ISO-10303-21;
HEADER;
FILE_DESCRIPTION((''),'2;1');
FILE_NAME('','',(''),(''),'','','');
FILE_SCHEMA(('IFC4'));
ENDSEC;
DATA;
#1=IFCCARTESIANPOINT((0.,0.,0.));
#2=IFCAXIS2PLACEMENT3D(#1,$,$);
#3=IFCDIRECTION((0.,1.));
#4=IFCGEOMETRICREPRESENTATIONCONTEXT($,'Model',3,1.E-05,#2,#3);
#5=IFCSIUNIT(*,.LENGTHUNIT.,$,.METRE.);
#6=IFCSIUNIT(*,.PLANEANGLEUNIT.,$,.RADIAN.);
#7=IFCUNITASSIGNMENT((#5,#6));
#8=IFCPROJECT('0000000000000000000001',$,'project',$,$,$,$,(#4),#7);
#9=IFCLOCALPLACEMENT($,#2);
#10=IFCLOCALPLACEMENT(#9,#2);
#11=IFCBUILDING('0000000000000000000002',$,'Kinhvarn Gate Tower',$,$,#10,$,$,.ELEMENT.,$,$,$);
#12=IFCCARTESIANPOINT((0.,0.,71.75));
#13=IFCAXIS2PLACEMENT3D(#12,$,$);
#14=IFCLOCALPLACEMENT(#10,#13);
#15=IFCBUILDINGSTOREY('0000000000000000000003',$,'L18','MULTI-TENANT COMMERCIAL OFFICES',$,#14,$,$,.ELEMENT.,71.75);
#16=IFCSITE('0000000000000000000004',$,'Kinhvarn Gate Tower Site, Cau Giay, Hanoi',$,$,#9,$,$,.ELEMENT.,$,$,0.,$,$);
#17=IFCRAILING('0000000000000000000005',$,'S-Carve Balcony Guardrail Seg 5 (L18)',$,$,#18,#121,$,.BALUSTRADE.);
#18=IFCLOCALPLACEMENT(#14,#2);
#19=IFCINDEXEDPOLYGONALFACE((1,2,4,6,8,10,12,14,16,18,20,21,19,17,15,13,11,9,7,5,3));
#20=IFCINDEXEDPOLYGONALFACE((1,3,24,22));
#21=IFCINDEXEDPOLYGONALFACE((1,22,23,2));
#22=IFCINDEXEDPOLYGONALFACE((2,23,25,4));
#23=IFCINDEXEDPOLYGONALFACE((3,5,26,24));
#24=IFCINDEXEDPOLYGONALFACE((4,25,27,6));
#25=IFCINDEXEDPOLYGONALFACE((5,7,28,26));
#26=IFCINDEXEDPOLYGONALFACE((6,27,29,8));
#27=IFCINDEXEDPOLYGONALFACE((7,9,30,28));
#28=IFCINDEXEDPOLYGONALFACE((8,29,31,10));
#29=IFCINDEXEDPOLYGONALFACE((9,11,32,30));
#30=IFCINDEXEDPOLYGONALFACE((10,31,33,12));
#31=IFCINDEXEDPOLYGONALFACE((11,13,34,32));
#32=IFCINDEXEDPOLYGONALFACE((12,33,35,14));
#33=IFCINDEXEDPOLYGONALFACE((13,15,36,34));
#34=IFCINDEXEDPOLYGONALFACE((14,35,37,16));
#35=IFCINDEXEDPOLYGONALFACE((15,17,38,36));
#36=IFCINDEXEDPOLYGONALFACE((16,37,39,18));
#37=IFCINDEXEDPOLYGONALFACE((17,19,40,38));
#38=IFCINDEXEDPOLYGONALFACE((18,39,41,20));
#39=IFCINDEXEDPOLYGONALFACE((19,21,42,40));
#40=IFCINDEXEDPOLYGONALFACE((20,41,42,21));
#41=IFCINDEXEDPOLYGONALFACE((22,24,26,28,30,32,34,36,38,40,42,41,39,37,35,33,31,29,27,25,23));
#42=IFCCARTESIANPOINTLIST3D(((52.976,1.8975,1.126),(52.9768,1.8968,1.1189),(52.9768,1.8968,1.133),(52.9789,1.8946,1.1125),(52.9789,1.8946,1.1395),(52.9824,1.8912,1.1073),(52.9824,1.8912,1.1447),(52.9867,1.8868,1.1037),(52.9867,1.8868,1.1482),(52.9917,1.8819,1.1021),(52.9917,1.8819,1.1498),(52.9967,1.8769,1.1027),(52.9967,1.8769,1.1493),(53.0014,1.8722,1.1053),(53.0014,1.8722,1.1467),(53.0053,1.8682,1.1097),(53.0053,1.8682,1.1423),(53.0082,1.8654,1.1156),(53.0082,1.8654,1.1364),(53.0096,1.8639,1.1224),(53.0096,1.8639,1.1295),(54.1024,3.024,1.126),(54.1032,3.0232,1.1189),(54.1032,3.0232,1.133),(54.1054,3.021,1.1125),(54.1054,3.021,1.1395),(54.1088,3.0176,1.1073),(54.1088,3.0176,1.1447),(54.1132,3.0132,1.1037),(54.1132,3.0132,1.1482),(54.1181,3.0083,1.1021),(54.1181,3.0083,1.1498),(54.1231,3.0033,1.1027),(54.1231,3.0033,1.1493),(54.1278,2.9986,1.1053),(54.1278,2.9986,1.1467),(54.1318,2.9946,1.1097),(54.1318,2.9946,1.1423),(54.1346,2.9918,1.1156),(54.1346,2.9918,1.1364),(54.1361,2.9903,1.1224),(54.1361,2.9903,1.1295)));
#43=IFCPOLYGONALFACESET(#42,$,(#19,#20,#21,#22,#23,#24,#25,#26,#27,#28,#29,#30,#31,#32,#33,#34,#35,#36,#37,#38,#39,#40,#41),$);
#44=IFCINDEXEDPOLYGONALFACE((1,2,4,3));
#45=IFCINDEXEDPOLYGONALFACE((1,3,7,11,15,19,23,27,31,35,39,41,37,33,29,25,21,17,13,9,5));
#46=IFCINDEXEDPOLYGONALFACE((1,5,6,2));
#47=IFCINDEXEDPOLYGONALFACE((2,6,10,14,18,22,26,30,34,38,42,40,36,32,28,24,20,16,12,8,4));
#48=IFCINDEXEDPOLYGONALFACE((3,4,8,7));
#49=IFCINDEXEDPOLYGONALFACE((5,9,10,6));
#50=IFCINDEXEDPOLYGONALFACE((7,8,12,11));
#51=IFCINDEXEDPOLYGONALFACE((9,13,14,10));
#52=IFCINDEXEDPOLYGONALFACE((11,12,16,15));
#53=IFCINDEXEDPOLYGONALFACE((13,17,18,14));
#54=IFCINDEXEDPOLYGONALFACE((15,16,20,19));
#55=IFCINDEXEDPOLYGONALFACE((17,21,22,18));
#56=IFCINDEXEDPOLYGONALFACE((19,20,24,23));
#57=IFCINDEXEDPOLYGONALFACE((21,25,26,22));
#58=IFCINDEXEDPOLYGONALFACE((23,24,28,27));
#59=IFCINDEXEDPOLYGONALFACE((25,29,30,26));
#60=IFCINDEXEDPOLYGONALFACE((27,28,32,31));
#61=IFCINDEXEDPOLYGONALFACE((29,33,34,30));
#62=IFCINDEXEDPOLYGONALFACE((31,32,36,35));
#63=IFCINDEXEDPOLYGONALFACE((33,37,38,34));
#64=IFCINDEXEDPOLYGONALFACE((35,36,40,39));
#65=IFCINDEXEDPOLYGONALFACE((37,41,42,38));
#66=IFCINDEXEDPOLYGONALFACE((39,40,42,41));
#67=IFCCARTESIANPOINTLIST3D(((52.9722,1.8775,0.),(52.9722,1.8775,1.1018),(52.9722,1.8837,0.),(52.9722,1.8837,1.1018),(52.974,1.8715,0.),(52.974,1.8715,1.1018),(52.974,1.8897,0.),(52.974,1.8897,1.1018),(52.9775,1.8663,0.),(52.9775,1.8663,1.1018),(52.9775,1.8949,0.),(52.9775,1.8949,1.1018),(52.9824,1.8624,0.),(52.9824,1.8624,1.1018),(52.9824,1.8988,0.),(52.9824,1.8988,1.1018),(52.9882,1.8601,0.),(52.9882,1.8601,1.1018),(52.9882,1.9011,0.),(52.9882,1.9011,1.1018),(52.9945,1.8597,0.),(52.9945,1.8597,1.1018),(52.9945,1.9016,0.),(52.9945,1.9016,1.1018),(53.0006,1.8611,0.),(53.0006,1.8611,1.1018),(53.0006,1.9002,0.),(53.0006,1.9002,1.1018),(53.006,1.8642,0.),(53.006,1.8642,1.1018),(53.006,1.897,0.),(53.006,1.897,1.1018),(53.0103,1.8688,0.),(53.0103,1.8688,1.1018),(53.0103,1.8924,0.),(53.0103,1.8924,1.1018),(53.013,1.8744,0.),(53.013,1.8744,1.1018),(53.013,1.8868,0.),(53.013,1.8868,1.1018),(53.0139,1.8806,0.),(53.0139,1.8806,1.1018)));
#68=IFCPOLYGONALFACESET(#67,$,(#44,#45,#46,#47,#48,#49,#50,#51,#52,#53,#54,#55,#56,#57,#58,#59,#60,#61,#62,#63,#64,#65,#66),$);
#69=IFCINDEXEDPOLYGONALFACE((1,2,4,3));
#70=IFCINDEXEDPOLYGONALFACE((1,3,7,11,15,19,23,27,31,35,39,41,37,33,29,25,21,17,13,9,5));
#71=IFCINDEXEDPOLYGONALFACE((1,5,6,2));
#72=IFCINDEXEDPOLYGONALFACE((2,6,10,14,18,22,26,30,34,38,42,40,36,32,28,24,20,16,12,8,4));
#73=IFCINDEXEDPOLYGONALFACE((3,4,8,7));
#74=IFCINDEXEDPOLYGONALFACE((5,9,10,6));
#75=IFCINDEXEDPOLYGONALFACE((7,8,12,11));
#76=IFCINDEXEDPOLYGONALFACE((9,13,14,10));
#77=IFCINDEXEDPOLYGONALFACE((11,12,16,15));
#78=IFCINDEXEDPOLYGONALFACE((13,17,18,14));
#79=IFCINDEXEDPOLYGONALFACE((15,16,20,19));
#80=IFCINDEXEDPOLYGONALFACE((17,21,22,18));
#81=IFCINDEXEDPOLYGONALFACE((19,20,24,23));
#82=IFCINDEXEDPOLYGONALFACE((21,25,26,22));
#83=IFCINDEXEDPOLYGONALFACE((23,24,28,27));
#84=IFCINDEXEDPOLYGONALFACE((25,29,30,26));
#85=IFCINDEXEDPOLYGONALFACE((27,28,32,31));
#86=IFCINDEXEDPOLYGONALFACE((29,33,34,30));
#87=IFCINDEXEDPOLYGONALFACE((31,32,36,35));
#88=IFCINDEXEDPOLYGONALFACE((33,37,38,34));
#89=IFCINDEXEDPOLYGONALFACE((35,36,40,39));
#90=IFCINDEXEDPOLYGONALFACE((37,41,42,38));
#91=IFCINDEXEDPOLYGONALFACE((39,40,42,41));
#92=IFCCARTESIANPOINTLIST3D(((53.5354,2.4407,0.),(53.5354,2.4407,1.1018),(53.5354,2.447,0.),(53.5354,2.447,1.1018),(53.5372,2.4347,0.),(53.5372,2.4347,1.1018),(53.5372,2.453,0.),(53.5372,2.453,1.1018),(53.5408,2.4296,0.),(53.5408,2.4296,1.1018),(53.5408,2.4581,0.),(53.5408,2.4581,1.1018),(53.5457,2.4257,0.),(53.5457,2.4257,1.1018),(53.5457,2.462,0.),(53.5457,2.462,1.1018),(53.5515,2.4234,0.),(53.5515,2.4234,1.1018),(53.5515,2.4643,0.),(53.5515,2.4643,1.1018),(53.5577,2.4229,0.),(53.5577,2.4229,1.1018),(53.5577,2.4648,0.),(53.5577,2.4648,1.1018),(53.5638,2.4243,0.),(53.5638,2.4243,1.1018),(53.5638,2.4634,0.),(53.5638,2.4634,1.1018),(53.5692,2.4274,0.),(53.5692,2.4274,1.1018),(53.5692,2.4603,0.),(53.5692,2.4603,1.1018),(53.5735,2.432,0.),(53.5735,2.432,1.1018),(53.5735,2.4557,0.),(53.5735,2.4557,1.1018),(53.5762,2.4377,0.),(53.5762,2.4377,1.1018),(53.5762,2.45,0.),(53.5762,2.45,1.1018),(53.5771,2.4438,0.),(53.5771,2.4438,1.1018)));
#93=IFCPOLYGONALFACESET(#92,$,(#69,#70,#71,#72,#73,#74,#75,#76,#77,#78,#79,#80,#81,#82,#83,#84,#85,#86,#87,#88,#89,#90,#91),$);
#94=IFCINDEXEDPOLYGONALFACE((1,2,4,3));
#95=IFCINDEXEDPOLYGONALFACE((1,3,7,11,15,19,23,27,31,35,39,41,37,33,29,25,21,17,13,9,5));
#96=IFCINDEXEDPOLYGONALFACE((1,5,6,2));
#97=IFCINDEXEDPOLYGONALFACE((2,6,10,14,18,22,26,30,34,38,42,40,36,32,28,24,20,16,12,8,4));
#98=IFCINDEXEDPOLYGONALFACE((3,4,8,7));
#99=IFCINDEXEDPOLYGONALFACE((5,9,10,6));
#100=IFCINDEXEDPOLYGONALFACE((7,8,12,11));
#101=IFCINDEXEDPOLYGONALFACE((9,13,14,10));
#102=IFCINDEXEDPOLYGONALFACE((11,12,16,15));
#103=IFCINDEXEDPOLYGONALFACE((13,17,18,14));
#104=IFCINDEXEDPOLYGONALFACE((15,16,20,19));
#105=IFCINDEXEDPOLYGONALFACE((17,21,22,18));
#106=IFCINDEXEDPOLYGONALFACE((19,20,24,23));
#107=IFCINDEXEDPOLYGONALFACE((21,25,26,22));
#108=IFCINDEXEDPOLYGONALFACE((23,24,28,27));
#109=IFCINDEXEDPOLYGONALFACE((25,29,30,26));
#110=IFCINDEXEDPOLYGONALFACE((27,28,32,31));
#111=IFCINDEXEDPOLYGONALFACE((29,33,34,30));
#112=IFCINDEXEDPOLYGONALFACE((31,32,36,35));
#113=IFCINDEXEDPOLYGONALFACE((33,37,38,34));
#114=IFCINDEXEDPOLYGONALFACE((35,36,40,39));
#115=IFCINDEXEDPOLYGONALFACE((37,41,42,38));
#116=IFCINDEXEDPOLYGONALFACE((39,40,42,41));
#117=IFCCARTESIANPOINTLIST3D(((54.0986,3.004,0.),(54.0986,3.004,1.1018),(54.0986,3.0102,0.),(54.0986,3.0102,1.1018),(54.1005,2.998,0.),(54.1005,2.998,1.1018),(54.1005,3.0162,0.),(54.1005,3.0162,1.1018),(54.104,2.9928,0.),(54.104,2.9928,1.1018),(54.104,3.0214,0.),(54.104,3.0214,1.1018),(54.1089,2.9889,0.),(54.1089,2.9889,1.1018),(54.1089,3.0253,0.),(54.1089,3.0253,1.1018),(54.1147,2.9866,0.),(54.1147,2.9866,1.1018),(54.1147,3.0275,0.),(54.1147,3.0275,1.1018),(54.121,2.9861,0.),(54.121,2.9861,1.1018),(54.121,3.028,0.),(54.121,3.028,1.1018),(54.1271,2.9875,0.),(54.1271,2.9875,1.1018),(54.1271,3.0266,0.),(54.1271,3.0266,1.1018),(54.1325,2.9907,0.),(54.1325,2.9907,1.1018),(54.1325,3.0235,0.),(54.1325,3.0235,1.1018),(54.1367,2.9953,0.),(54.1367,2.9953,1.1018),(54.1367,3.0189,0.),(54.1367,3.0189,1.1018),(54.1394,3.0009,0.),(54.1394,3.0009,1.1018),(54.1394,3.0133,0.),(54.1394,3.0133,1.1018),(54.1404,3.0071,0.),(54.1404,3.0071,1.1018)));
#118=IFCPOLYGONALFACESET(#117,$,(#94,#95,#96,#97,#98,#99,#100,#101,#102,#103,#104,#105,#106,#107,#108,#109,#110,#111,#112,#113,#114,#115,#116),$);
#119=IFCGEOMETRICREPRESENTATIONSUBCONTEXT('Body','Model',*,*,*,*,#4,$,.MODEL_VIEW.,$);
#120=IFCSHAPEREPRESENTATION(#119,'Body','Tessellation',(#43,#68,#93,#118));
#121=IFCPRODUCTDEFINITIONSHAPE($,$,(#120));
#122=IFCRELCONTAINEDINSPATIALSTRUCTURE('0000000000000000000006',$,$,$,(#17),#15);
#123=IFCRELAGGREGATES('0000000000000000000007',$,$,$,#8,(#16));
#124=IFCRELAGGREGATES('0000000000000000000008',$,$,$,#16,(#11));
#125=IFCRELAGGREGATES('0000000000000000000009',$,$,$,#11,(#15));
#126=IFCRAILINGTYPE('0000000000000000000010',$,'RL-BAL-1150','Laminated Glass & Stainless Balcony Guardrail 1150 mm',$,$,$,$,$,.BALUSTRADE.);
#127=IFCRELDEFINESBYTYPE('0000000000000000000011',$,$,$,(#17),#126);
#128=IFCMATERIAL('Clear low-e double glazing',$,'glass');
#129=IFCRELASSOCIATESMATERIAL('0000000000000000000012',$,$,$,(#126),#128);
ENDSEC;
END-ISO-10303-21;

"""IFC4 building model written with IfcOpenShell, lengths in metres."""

from ifc_helpers import new_model, si_unit, direction, frame, origin, origin_2d, place, context, subcontext, project, spatial, circle, extrude, material, type_object, element, save


model = new_model("IFC4")

# Units and contexts
model_context = context("Model", 3, precision=1e-05, world=origin(), true_north=direction((0.0, 1.0)))
body_context = subcontext(model_context, "Body", "Model", "MODEL_VIEW")
ifc_project = project(units=[si_unit("LENGTHUNIT", "METRE"), si_unit("PLANEANGLEUNIT", "RADIAN")], contexts=[model_context])

# Site, building, storey
site_placement = place(None, origin())
site = spatial("IfcSite", under=ifc_project, at=site_placement, Name="Kinhvarn Gate Tower Site, Cau Giay, Hanoi", CompositionType="ELEMENT", RefElevation=0.0)
building_placement = place(site_placement, origin())
building = spatial("IfcBuilding", under=site, at=building_placement, Name="Kinhvarn Gate Tower", CompositionType="ELEMENT")
storey_placement = place(building_placement, frame((0.0, 0.0, 71.75)))
storey = spatial("IfcBuildingStorey", under=building, at=storey_placement, Name="L18", Description="MULTI-TENANT COMMERCIAL OFFICES", CompositionType="ELEMENT", Elevation=71.75)

# Shared definitions
ifc_material_1 = material(Name="Clear low-e double glazing", Category="glass")

# Railing
railing_type = type_object("IfcRailingType", Name="RL-BAL-1150", Description="Laminated Glass & Stainless Balcony Guardrail 1150 mm", PredefinedType="BALUSTRADE", material=ifc_material_1)
railing_1_placement = place(storey_placement, frame((52.9929, 1.8806, 0.0)))
element("IfcRailing", 1, at=railing_1_placement, inside=storey, type_object=railing_type, Name="S-Carve Balcony Guardrail Seg 5 (L18)", PredefinedType="BALUSTRADE", context=body_context, shape_type="SweptSolid", body=[
    extrude(circle(Radius=0.0239, at=origin_2d()), frame((0.0, 0.0, 1.126), z_axis=(0.707107, 0.707107, 0.0), x_axis=(-0.707107, 0.707107, 0.0)), (0.0, 0.0, 1.0), 1.593),
    extrude(circle(Radius=0.021, at=origin_2d()), origin(), (0.0, 0.0, 1.0), 1.1018),
    extrude(circle(Radius=0.021, at=origin_2d()), frame((0.5632, 0.5632, 0.0)), (0.0, 0.0, 1.0), 1.1018),
    extrude(circle(Radius=0.021, at=origin_2d()), frame((1.1265, 1.1265, 0.0)), (0.0, 0.0, 1.0), 1.1018),
])

save(model, "model.ifc")
